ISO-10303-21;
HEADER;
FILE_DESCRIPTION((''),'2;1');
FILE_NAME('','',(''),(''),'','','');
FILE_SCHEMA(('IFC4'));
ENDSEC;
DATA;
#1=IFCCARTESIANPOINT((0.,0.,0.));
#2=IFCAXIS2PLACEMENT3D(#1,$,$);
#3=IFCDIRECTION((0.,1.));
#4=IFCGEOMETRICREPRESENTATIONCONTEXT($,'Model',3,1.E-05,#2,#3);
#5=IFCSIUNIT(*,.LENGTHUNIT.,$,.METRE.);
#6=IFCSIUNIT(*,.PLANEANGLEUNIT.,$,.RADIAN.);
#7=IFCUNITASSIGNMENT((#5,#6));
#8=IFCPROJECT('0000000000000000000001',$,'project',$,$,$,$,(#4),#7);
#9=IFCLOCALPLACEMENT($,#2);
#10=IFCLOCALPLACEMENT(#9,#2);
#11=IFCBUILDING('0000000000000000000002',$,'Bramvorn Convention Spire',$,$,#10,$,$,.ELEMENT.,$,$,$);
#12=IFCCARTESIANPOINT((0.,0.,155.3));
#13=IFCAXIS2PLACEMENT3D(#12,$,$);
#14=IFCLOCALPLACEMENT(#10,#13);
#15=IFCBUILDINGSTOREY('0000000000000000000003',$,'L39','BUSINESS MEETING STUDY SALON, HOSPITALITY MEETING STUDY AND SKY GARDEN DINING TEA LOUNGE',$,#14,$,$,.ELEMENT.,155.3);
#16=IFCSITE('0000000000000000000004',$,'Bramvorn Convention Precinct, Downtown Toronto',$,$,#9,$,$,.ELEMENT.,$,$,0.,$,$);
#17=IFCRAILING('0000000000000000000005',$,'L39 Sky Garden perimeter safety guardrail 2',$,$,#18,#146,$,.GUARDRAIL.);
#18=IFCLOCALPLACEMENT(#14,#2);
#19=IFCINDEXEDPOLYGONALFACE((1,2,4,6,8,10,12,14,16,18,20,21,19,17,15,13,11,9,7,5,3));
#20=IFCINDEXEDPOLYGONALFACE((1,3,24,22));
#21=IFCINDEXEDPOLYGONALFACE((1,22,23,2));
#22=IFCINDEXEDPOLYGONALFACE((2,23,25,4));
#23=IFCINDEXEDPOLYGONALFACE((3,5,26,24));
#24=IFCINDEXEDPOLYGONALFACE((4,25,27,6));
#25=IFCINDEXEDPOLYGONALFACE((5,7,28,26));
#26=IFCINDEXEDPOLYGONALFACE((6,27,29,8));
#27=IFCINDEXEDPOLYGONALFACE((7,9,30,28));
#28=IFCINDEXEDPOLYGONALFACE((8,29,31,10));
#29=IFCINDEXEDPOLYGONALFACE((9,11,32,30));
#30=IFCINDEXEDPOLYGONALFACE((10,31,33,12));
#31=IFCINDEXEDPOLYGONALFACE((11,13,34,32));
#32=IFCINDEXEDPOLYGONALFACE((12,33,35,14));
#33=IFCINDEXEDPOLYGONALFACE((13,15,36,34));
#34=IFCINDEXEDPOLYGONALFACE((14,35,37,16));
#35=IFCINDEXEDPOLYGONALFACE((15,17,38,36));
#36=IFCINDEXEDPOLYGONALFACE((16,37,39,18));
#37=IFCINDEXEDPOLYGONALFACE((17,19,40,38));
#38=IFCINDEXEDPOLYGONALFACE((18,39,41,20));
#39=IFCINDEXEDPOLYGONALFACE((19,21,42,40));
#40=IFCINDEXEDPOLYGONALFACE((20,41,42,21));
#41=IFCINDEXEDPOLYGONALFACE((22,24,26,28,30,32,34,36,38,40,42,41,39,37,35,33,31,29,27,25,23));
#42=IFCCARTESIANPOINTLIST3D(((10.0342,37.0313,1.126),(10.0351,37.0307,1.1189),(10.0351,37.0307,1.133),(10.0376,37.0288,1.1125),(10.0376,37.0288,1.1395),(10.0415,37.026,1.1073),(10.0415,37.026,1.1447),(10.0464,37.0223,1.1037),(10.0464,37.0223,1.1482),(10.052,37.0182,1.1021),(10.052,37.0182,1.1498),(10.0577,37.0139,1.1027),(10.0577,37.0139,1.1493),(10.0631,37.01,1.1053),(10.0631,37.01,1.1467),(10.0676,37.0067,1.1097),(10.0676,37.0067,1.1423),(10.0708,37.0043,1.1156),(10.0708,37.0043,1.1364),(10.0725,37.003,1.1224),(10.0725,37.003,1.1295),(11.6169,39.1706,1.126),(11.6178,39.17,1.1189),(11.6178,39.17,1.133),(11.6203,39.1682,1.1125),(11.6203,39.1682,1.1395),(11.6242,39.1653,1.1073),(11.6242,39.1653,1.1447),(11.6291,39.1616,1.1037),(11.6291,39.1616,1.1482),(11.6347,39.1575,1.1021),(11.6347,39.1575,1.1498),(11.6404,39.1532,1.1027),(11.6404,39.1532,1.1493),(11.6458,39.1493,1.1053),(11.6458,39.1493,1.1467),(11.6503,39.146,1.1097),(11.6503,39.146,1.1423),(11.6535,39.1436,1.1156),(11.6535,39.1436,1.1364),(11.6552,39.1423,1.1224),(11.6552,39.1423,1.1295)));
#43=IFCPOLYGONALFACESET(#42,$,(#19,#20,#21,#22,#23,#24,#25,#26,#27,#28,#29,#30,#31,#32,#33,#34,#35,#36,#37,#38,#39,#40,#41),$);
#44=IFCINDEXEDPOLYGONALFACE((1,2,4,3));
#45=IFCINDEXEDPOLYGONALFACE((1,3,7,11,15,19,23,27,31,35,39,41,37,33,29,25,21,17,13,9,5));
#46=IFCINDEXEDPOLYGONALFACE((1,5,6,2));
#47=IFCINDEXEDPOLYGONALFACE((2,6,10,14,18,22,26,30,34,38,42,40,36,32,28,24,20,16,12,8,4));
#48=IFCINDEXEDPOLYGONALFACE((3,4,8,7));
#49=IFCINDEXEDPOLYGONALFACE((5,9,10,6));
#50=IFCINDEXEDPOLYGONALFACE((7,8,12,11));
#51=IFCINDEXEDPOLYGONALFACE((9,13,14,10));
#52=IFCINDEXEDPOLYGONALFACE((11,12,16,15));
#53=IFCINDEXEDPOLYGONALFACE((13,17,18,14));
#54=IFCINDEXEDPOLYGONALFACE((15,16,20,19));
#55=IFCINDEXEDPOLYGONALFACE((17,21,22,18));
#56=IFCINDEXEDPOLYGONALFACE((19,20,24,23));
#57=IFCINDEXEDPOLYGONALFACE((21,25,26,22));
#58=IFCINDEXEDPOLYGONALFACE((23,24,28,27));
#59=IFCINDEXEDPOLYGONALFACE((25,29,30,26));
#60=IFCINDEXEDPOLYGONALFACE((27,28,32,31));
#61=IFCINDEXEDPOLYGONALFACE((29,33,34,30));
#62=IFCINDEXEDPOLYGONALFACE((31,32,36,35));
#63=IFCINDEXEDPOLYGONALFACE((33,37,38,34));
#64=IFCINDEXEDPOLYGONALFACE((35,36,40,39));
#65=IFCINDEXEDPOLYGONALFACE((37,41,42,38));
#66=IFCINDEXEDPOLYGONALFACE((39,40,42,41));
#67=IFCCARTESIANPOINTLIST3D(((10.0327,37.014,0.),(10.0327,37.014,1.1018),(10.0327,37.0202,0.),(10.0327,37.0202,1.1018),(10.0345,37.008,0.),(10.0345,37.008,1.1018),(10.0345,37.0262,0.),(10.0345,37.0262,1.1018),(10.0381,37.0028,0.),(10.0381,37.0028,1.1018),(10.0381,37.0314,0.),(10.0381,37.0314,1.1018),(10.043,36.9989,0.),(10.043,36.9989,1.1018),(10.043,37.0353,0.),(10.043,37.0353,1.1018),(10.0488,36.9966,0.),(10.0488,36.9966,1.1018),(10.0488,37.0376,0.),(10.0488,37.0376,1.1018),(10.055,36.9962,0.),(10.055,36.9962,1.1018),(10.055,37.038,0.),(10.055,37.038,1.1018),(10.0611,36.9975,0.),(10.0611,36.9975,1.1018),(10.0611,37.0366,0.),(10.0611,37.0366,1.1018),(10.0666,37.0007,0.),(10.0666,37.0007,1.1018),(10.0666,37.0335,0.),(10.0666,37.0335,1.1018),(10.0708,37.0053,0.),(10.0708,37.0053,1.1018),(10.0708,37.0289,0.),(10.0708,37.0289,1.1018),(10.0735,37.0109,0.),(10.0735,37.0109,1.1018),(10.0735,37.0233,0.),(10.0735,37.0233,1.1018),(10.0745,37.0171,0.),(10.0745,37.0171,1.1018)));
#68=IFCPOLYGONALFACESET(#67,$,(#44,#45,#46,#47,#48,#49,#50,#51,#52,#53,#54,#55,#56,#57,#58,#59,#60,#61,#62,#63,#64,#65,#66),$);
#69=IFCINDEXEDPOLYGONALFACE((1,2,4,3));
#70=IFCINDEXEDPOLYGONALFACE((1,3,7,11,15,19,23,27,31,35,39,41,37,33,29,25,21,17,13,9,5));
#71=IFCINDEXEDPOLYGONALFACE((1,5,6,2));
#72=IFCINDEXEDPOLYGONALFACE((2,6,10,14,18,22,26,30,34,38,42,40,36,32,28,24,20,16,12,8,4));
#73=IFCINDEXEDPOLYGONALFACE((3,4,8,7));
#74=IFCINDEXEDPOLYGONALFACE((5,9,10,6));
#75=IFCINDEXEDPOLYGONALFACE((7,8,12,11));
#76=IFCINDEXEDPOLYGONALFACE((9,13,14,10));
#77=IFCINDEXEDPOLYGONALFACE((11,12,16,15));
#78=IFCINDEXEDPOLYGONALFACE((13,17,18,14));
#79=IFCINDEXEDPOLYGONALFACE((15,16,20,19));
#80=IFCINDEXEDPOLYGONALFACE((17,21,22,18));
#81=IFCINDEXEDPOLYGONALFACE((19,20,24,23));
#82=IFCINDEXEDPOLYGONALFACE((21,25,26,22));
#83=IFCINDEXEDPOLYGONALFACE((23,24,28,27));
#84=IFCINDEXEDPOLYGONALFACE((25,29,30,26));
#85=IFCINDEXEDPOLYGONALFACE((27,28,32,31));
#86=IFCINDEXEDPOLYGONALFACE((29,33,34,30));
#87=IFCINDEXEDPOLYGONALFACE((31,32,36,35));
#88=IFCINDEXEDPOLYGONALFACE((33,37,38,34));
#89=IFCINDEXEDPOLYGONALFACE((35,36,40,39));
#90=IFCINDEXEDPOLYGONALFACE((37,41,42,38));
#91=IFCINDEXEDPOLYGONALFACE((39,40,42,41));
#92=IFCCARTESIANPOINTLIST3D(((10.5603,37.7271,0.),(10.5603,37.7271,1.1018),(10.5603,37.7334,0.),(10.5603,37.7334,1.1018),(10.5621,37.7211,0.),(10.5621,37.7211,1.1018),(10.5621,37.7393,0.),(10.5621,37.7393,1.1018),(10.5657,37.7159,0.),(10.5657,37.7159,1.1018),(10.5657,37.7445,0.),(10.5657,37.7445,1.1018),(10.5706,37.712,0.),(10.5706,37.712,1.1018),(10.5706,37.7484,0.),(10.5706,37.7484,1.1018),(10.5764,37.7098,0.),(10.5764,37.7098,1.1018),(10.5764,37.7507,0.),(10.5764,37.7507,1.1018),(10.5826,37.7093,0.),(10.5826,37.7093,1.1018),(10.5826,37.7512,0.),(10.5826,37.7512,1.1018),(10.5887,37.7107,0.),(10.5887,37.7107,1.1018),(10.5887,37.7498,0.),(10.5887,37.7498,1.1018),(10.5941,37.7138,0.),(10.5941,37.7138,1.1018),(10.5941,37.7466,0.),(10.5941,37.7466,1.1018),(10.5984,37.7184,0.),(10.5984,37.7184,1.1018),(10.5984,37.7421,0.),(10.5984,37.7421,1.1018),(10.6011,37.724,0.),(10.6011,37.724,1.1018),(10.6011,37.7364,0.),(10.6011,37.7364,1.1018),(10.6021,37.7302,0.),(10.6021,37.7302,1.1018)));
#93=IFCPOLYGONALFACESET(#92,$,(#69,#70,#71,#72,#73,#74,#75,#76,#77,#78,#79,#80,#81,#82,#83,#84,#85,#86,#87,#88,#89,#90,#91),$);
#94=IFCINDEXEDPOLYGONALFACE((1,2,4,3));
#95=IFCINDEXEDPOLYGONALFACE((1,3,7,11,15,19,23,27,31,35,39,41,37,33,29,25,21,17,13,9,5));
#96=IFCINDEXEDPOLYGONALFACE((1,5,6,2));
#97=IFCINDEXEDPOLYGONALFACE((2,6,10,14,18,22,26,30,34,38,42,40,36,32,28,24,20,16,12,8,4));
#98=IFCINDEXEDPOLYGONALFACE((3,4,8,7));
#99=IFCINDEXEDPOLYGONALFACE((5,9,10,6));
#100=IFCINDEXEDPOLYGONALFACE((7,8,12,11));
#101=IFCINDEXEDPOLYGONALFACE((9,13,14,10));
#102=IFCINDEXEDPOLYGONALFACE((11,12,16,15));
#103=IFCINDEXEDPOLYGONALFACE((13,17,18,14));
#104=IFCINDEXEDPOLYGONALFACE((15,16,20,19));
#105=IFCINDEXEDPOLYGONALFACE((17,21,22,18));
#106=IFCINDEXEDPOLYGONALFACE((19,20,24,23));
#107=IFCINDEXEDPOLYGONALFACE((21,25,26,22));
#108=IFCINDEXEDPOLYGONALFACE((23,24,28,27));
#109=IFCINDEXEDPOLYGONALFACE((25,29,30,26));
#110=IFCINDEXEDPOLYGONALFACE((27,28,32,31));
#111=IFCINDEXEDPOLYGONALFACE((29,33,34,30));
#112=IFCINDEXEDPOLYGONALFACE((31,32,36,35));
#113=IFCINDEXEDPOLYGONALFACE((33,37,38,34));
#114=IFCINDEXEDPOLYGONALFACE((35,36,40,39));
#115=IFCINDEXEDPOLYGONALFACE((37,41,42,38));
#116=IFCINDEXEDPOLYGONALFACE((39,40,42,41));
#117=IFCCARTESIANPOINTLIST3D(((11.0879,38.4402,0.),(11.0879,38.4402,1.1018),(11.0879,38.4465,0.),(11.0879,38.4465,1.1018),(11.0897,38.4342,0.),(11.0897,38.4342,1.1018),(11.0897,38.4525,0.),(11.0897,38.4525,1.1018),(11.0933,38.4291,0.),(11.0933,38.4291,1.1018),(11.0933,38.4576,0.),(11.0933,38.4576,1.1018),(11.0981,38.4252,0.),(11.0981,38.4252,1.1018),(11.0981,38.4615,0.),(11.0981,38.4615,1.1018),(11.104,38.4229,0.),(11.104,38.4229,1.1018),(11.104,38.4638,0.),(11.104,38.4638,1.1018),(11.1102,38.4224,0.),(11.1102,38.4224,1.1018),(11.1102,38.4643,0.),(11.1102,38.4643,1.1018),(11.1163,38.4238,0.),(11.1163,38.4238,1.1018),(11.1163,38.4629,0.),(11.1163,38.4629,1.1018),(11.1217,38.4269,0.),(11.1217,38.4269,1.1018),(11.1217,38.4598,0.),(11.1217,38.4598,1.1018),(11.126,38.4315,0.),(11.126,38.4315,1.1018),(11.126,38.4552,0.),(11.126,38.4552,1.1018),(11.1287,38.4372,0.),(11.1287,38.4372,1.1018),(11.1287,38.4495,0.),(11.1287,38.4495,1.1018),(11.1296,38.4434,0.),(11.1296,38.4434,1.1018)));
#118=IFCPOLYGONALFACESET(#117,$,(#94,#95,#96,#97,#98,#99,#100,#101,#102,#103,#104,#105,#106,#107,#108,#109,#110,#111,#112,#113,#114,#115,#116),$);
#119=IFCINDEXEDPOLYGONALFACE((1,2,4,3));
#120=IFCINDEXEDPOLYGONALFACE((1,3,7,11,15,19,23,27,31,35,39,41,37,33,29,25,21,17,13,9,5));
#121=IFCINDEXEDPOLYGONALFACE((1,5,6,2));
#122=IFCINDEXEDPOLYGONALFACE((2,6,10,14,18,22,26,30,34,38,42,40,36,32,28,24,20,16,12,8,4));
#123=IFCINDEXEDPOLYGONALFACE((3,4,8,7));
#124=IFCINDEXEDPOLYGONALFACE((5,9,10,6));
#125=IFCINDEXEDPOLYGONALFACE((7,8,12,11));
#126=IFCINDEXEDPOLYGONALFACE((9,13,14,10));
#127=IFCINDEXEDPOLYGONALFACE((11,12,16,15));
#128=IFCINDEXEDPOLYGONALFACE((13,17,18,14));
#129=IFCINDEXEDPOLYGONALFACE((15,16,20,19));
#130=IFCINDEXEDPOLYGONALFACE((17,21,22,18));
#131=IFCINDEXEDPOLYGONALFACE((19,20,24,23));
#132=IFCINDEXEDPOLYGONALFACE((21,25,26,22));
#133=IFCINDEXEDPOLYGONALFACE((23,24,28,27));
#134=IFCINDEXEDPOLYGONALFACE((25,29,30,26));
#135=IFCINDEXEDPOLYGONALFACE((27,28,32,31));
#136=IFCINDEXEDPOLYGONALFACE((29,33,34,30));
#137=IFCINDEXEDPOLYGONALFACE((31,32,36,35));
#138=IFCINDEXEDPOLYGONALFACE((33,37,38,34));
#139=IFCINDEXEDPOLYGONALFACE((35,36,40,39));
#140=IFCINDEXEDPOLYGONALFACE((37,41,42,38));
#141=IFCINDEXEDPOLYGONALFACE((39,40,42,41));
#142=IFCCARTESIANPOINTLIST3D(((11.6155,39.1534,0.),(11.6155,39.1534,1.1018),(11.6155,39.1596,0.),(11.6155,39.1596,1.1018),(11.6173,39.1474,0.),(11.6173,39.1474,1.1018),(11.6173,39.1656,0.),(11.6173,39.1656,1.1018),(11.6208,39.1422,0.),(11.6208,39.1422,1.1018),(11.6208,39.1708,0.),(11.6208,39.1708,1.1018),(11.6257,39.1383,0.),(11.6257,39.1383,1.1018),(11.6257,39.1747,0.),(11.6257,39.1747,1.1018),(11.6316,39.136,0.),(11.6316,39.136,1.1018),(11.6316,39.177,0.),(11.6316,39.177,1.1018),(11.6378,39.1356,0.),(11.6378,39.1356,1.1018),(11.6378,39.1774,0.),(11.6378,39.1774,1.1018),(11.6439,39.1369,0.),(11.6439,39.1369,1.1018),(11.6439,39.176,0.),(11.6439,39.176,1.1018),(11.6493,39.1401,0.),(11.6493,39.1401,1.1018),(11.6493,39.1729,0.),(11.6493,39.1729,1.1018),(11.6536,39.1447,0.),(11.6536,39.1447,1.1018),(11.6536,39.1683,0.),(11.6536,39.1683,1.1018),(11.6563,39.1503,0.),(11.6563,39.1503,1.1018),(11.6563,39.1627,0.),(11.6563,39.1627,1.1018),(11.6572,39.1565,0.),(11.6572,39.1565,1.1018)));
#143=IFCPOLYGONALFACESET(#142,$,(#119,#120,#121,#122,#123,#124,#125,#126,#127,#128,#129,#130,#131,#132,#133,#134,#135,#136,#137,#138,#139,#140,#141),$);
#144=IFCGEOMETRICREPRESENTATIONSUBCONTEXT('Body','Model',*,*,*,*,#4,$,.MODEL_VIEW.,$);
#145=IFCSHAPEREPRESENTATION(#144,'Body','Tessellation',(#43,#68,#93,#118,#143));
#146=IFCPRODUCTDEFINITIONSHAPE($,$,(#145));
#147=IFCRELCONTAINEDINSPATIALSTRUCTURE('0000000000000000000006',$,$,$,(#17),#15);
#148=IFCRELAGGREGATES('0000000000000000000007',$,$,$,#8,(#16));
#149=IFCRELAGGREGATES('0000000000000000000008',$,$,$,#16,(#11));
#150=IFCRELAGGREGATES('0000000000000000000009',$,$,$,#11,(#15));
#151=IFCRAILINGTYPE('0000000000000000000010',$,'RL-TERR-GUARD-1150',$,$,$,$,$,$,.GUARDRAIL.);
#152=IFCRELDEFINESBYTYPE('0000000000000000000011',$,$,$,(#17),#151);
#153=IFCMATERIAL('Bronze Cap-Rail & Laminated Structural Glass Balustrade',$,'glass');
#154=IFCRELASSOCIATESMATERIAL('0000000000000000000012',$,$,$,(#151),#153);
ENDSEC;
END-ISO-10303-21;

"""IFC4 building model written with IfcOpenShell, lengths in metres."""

from ifc_helpers import new_model, si_unit, direction, frame, origin, origin_2d, place, context, subcontext, project, spatial, circle, extrude, material, type_object, element, save


model = new_model("IFC4")

# Units and contexts
model_context = context("Model", 3, precision=1e-05, world=origin(), true_north=direction((0.0, 1.0)))
body_context = subcontext(model_context, "Body", "Model", "MODEL_VIEW")
ifc_project = project(units=[si_unit("LENGTHUNIT", "METRE"), si_unit("PLANEANGLEUNIT", "RADIAN")], contexts=[model_context])

# Site, building, storey
site_placement = place(None, origin())
site = spatial("IfcSite", under=ifc_project, at=site_placement, Name="Bramvorn Convention Precinct, Downtown Toronto", CompositionType="ELEMENT", RefElevation=0.0)
building_placement = place(site_placement, origin())
building = spatial("IfcBuilding", under=site, at=building_placement, Name="Bramvorn Convention Spire", CompositionType="ELEMENT")
storey_placement = place(building_placement, frame((0.0, 0.0, 155.3)))
storey = spatial("IfcBuildingStorey", under=building, at=storey_placement, Name="L39", Description="BUSINESS MEETING STUDY SALON, HOSPITALITY MEETING STUDY AND SKY GARDEN DINING TEA LOUNGE", CompositionType="ELEMENT", Elevation=155.3)

# Railing
ifc_material_1 = material(Name="Bronze Cap-Rail & Laminated Structural Glass Balustrade", Category="glass")
railing_type = type_object("IfcRailingType", Name="RL-TERR-GUARD-1150", PredefinedType="GUARDRAIL", material=ifc_material_1)
railing_1_placement = place(storey_placement, frame((10.0535, 37.0171, 0.0)))
element("IfcRailing", 1, at=railing_1_placement, inside=storey, type_object=railing_type, Name="L39 Sky Garden perimeter safety guardrail 2", PredefinedType="GUARDRAIL", context=body_context, shape_type="SweptSolid", body=[
    extrude(circle(Radius=0.0239, at=origin_2d()), frame((0.0, 0.0, 1.126), z_axis=(0.594747, 0.803913, 0.0), x_axis=(-0.803913, 0.594747, 0.0)), (0.0, 0.0, 1.0), 2.6611),
    extrude(circle(Radius=0.021, at=origin_2d()), origin(), (0.0, 0.0, 1.0), 1.1018),
    extrude(circle(Radius=0.021, at=origin_2d()), frame((0.5276, 0.7131, 0.0)), (0.0, 0.0, 1.0), 1.1018),
    extrude(circle(Radius=0.021, at=origin_2d()), frame((1.0552, 1.4263, 0.0)), (0.0, 0.0, 1.0), 1.1018),
    extrude(circle(Radius=0.021, at=origin_2d()), frame((1.5828, 2.1394, 0.0)), (0.0, 0.0, 1.0), 1.1018),
])

save(model, "model.ifc")
